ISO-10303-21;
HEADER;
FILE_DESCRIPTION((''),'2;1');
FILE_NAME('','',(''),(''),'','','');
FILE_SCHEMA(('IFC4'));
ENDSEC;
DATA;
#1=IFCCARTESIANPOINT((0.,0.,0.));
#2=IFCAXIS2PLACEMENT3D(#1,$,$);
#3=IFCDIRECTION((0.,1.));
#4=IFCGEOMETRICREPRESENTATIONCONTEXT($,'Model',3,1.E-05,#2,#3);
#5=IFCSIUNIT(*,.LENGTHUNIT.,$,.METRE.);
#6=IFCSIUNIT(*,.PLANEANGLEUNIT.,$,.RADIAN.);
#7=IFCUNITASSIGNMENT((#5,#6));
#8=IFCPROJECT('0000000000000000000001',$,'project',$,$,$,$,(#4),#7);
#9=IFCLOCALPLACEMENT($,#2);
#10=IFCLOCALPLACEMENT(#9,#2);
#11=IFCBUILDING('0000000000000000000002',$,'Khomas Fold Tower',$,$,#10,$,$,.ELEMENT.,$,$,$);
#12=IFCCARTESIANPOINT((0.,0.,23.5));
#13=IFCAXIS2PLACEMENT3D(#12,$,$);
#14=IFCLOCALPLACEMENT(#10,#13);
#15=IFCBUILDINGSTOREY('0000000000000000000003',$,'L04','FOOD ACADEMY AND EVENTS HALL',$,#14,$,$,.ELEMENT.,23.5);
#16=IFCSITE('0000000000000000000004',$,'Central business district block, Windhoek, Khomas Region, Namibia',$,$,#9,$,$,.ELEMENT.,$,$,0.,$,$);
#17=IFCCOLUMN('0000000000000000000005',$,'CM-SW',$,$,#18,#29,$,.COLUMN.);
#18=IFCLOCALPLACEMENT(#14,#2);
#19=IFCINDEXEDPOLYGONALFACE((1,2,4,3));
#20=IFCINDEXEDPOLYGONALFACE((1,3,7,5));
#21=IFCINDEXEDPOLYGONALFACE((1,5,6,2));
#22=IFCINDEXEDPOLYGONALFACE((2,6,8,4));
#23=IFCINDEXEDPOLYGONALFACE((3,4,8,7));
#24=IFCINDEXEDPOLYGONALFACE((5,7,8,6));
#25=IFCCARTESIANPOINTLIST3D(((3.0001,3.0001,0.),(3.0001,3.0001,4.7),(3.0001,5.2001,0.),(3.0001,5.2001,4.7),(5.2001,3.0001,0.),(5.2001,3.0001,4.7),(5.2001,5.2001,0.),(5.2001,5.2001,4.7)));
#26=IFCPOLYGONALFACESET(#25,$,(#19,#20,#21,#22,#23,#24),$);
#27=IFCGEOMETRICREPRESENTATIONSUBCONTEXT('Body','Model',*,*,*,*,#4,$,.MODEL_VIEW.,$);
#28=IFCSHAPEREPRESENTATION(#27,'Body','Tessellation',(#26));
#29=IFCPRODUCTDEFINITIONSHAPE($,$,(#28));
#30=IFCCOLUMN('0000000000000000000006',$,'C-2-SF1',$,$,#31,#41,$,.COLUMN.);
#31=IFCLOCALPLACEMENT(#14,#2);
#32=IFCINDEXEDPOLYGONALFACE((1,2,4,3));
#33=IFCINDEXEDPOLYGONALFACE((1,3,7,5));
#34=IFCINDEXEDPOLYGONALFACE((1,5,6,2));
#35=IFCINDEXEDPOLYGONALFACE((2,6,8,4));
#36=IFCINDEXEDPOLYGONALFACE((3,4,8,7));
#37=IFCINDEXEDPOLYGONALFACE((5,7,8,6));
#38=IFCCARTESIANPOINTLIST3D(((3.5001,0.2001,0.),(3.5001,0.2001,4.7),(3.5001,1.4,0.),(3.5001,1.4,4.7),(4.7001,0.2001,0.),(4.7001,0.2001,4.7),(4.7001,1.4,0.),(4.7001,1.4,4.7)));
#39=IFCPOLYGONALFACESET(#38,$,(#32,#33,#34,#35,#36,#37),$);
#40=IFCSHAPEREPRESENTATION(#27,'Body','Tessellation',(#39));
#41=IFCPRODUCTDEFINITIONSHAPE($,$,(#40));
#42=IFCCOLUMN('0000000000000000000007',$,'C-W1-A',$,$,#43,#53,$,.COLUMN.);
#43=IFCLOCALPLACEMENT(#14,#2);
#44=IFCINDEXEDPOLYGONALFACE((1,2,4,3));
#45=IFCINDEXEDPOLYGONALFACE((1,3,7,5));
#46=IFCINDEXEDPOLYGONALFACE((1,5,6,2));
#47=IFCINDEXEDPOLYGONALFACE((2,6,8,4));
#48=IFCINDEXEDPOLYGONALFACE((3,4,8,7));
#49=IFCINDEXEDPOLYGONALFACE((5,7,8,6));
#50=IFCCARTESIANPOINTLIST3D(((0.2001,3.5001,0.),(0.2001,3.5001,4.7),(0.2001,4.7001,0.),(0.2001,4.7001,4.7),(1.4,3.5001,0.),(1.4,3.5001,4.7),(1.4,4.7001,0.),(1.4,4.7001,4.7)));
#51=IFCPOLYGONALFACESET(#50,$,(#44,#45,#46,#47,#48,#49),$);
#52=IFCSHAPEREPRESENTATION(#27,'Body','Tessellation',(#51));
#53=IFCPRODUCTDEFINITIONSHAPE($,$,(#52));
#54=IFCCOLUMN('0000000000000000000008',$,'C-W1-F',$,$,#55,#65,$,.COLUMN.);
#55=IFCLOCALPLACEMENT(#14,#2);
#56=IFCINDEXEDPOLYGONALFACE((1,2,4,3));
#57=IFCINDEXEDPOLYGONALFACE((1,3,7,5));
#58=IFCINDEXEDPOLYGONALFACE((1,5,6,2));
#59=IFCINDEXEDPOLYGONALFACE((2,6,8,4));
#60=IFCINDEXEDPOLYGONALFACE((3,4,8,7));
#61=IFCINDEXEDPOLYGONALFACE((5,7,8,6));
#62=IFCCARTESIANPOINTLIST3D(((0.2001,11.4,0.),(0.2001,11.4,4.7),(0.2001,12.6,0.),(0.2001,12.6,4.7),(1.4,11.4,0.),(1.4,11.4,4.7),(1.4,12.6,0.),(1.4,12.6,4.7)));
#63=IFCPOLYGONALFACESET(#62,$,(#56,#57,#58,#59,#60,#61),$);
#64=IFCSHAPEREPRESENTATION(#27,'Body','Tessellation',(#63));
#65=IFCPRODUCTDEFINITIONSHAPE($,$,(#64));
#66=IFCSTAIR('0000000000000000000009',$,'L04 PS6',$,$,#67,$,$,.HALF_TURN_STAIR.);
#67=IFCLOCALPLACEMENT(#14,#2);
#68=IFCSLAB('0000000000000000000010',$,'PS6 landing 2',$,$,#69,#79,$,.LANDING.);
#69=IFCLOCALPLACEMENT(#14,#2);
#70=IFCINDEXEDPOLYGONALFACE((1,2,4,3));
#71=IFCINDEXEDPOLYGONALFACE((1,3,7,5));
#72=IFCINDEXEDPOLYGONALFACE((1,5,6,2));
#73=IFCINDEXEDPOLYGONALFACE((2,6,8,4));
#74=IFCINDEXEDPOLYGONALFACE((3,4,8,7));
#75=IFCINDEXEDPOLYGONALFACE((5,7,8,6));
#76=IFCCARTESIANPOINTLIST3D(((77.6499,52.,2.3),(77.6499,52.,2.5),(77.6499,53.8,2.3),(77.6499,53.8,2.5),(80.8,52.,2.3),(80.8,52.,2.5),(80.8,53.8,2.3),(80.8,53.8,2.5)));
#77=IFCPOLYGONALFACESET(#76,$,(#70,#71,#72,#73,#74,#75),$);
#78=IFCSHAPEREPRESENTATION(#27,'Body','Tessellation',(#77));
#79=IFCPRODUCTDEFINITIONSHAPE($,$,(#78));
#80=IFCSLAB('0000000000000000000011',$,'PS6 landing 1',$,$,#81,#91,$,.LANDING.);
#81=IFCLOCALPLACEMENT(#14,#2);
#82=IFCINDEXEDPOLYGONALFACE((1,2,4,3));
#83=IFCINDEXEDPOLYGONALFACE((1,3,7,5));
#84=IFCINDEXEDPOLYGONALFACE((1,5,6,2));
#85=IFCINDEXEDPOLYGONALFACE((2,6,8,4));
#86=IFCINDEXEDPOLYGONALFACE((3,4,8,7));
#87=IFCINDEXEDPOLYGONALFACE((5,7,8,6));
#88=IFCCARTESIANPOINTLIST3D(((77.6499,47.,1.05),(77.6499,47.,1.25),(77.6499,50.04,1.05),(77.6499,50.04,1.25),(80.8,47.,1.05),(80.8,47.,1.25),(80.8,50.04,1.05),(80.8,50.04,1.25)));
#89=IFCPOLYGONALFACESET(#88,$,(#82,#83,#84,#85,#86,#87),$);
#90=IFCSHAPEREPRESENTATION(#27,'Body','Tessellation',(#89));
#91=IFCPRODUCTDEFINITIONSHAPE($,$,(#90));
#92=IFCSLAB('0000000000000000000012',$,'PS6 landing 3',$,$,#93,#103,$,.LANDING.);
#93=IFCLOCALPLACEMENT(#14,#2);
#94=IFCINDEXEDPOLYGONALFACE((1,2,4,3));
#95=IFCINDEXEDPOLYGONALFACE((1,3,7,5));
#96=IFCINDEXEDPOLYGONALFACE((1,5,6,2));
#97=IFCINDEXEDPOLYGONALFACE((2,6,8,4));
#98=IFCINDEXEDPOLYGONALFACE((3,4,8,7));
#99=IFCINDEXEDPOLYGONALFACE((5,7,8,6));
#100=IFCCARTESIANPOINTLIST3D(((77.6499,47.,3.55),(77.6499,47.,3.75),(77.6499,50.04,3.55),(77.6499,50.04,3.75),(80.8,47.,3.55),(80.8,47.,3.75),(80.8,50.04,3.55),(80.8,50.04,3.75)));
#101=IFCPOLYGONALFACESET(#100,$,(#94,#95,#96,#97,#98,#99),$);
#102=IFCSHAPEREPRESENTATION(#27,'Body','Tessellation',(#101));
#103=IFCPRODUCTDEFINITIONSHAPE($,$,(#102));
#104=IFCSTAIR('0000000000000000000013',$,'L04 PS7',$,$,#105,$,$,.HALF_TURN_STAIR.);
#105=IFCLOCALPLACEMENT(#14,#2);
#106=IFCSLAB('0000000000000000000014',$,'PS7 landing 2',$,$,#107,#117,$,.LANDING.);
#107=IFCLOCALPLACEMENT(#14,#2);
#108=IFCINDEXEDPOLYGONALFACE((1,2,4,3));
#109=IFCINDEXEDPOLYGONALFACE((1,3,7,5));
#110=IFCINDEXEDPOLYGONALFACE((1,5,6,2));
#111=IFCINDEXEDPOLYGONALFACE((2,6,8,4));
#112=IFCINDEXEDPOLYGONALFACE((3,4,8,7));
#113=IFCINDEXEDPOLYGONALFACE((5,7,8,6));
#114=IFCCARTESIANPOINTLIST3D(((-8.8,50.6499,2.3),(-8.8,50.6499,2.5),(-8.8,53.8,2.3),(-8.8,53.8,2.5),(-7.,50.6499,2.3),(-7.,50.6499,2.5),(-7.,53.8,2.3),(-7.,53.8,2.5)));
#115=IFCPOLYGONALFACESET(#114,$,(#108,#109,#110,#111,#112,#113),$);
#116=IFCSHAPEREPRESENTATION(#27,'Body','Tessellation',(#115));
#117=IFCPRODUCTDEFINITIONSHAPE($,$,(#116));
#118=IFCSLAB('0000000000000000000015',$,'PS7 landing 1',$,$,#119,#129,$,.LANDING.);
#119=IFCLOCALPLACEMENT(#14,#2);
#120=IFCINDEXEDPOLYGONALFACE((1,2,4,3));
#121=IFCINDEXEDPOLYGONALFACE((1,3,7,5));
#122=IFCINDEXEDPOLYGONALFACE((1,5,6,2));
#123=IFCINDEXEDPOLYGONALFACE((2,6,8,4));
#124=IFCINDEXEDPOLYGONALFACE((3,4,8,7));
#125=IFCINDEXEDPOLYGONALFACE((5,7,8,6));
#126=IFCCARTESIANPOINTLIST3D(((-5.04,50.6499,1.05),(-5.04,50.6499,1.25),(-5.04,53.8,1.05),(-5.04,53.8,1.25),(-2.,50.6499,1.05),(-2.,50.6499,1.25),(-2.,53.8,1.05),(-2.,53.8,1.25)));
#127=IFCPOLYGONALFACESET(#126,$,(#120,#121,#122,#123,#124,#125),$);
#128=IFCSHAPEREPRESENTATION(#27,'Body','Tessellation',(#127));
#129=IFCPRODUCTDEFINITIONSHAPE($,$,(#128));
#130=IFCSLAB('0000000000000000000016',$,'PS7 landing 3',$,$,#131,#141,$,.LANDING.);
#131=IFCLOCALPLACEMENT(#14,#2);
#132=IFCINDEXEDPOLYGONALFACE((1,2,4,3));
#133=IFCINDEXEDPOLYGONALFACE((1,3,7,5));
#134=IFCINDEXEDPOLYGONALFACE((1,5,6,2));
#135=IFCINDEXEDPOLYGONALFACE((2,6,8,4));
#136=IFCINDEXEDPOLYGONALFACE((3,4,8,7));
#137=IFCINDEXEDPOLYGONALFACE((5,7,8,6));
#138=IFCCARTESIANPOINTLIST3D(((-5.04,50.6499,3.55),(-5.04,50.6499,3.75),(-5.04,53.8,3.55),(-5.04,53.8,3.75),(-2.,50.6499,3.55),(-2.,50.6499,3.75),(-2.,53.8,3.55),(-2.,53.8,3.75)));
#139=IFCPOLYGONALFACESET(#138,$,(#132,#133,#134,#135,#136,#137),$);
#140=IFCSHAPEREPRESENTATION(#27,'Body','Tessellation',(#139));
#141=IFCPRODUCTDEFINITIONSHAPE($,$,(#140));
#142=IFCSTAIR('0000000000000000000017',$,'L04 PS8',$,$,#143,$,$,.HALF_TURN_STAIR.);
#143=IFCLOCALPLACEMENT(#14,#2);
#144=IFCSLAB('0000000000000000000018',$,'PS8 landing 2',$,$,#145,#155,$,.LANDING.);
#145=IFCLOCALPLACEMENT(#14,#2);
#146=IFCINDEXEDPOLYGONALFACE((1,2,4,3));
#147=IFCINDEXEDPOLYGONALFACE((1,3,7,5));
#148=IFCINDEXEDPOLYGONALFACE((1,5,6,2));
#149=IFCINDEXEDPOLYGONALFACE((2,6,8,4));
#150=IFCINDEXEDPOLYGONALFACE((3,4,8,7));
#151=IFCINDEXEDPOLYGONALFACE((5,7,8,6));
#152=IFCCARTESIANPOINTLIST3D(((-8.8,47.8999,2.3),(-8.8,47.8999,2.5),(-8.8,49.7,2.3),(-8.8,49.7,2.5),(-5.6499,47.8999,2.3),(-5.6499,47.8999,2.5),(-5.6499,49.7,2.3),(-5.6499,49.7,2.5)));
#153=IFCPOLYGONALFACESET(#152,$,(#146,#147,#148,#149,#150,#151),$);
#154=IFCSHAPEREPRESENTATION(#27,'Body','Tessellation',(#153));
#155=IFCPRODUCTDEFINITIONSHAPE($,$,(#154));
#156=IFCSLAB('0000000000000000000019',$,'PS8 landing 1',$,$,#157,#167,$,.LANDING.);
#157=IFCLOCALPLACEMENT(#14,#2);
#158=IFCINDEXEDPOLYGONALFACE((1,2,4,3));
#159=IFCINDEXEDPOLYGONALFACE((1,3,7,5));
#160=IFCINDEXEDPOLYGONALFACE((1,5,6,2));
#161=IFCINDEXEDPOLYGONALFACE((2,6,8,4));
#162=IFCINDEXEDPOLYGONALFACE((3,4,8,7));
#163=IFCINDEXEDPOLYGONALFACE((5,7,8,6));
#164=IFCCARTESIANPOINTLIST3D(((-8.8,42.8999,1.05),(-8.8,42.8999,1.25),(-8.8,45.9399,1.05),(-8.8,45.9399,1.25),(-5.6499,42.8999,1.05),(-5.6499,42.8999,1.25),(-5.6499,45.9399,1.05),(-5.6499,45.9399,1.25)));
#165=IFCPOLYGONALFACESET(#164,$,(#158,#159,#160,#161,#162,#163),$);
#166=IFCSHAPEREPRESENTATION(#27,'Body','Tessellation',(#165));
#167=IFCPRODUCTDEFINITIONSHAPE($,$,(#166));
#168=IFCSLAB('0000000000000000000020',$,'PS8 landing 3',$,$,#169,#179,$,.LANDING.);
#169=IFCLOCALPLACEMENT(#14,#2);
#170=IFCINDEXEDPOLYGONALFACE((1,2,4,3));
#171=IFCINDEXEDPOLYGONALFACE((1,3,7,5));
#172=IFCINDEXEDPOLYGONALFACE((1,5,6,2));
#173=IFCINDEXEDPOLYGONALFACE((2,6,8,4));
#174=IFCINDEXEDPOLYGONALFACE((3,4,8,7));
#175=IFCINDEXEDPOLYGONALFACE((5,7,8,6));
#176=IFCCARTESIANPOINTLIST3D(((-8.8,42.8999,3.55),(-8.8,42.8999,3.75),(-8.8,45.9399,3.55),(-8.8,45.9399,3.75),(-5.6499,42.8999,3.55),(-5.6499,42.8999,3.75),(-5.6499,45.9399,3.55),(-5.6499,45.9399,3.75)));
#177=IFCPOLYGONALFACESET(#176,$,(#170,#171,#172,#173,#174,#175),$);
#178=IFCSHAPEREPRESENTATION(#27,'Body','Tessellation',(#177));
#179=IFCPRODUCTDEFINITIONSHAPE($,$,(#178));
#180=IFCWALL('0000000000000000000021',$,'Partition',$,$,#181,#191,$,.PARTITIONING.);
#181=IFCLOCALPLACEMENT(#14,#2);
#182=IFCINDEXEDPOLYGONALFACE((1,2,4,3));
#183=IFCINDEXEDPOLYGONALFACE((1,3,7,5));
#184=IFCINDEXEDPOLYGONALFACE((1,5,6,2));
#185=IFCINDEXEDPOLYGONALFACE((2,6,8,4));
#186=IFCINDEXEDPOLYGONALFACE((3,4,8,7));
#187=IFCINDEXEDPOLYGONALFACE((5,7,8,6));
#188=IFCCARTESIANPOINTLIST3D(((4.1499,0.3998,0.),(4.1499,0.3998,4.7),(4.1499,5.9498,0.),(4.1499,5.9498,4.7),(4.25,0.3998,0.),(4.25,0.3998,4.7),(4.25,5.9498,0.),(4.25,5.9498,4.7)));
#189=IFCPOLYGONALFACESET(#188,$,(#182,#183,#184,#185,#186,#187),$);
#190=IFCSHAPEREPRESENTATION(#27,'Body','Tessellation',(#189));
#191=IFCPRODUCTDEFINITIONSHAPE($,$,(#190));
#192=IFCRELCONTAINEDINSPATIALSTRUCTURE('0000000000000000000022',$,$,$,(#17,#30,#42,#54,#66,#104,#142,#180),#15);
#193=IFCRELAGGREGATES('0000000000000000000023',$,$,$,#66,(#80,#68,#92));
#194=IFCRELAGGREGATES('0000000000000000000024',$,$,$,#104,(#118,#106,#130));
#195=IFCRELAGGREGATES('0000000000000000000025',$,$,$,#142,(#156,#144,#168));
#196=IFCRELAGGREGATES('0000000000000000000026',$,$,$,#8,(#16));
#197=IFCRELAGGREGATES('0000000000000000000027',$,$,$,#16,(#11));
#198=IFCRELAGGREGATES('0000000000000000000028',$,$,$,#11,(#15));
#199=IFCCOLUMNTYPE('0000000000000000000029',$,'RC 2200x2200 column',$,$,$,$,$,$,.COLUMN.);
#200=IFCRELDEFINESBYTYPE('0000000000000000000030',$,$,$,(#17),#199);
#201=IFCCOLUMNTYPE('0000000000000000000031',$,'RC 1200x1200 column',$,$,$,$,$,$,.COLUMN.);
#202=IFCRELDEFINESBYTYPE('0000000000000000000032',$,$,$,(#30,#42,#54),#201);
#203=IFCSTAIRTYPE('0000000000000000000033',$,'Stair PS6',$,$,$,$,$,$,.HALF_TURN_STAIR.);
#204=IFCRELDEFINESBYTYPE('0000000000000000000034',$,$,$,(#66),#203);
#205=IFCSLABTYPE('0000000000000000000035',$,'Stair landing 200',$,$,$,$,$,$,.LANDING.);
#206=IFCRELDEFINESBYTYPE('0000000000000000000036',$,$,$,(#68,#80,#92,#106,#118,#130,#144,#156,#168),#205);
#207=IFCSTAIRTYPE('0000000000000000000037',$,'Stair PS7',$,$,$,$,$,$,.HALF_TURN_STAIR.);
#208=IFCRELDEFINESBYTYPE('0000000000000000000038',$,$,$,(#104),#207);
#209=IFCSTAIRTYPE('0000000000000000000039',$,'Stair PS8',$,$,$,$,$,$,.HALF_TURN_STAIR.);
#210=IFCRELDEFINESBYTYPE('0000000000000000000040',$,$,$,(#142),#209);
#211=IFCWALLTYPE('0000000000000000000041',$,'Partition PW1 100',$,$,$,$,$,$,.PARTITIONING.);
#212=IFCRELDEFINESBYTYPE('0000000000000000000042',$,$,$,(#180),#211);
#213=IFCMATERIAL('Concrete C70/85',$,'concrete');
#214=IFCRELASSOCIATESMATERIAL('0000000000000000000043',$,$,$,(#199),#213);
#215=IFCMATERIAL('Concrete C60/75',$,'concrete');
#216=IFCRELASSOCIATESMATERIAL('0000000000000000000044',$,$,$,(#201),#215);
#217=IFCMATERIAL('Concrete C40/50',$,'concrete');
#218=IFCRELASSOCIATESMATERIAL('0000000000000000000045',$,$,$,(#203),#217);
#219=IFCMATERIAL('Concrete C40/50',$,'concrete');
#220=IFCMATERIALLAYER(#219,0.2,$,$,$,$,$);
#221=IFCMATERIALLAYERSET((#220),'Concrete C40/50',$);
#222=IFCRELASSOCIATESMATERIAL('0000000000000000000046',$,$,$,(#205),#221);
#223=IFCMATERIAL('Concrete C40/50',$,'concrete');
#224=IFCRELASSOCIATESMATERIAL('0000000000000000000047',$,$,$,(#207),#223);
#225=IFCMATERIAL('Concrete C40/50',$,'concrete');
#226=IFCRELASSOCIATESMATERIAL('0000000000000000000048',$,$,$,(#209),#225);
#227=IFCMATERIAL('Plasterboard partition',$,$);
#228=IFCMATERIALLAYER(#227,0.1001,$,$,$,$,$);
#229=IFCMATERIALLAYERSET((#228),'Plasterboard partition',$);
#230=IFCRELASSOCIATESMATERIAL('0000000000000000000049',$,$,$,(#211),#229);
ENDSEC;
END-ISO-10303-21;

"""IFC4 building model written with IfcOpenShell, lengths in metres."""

from ifc_helpers import new_model, si_unit, direction, frame, frame_2d, origin, origin_2d, place, context, subcontext, project, spatial, polyline, rectangle, outline, extrude, source, transform, mapped, material, layer, layer_set, material_profile, profile_set, type_object, element, aggregate, save


model = new_model("IFC4")

# Units and contexts
model_context = context("Model", 3, precision=1e-05, world=origin(), true_north=direction((0.0, 1.0)))
body_context = subcontext(model_context, "Body", "Model", "MODEL_VIEW")
ifc_project = project(units=[si_unit("LENGTHUNIT", "METRE"), si_unit("PLANEANGLEUNIT", "RADIAN")], contexts=[model_context])

# Site, building, storey
site_placement = place(None, origin())
site = spatial("IfcSite", under=ifc_project, at=site_placement, Name="Central business district block, Windhoek, Khomas Region, Namibia", CompositionType="ELEMENT", RefElevation=0.0)
building_placement = place(site_placement, origin())
building = spatial("IfcBuilding", under=site, at=building_placement, Name="Khomas Fold Tower", CompositionType="ELEMENT")
storey_placement = place(building_placement, frame((0.0, 0.0, 23.5)))
storey = spatial("IfcBuildingStorey", under=building, at=storey_placement, Name="L04", Description="FOOD ACADEMY AND EVENTS HALL", CompositionType="ELEMENT", Elevation=23.5)

# Columns
ifc_material_1 = material(Name="Concrete C70/85", Category="concrete")
ifc_material_profile_1 = material_profile(ifc_material_1, rectangle(XDim=2.2, YDim=2.2, at=origin_2d()), Name="RC 2200x2200")
ifc_profile_set_1 = profile_set([ifc_material_profile_1], Name="Concrete C70/85")
column_type_1 = type_object("IfcColumnType", Name="RC 2200x2200 column", PredefinedType="COLUMN", material=ifc_profile_set_1)
shared_shape_1 = source(origin(), body_context, "Body", "SweptSolid", [
    extrude(rectangle(XDim=2.2, YDim=2.2, at=origin_2d()), origin(), (0.0, 0.0, 1.0), 4.7),
])
column_placement = place(storey_placement, frame((4.1001, 4.1001, 0.0), z_axis=(0.0, 0.0, 1.0), x_axis=(1.0, 0.0, 0.0)))
element("IfcColumn", 1, at=column_placement, inside=storey, type_object=column_type_1, Name="CM-SW", PredefinedType="COLUMN", context=body_context, shape_type="MappedRepresentation", body=[
    mapped(shared_shape_1, transform((0.0, 0.0, 0.0))),
])
ifc_material_2 = material(Name="Concrete C60/75", Category="concrete")
ifc_material_profile_2 = material_profile(ifc_material_2, rectangle(XDim=1.2, YDim=1.2, at=origin_2d()), Name="RC 1200x1200")
ifc_profile_set_2 = profile_set([ifc_material_profile_2], Name="Concrete C60/75")
column_type_2 = type_object("IfcColumnType", Name="RC 1200x1200 column", PredefinedType="COLUMN", material=ifc_profile_set_2)
shared_shape_2 = source(origin(), body_context, "Body", "SweptSolid", [
    extrude(rectangle(XDim=1.2, YDim=1.2, at=origin_2d()), origin(), (0.0, 0.0, 1.0), 4.7),
])
for number, where, z_axis, x_axis, name in (
    (2, (4.1001, 0.8, 0.0), (0.0, 0.0, 1.0), (1.0, 0.0, 0.0), "C-2-SF1"),
    (3, (0.8, 4.1001, 0.0), (0.0, 0.0, 1.0), (1.0, 0.0, 0.0), "C-W1-A"),
    (4, (0.8, 12.0, 0.0), (0.0, 0.0, 1.0), (1.0, 0.0, 0.0), "C-W1-F"),
):
    element("IfcColumn", number, at=place(storey_placement, frame(where, z_axis=z_axis, x_axis=x_axis)), inside=storey, type_object=column_type_2, Name=name, PredefinedType="COLUMN", context=body_context, shape_type="MappedRepresentation", body=[
        mapped(shared_shape_2, transform((0.0, 0.0, 0.0))),
    ])

# Stairs, slabs
ifc_material_3 = material(Name="Concrete C40/50", Category="concrete")
stair_type_1 = type_object("IfcStairType", Name="Stair PS6", PredefinedType="HALF_TURN_STAIR", material=ifc_material_3)
stair_1_placement = place(storey_placement, origin())
stair_1 = element("IfcStair", 5, at=stair_1_placement, inside=storey, type_object=stair_type_1, Name="L04 PS6", PredefinedType="HALF_TURN_STAIR")
ifc_material_4 = material(Name="Concrete C40/50", Category="concrete")
ifc_layer_1 = layer(ifc_material_4, 0.2)
ifc_layer_set_1 = layer_set([ifc_layer_1], Name="Concrete C40/50")
slab_type = type_object("IfcSlabType", Name="Stair landing 200", PredefinedType="LANDING", material=ifc_layer_set_1)
shared_shape_3 = source(origin(), body_context, "Body", "SweptSolid", [
    extrude(outline(polyline([(77.6499, 53.8), (77.6499, 52.0), (80.8, 52.0), (80.8, 53.8), (77.6499, 53.8)])), origin(), (0.0, 0.0, 1.0), 0.2),
])
slab_1_placement = place(storey_placement, frame((0.0, 0.0, 2.3)))
slab_1 = element("IfcSlab", 6, at=slab_1_placement, type_object=slab_type, Name="PS6 landing 2", PredefinedType="LANDING", context=body_context, shape_type="MappedRepresentation", body=[
    mapped(shared_shape_3, transform((0.0, 0.0, 0.0))),
])
shared_shape_4 = source(origin(), body_context, "Body", "SweptSolid", [
    extrude(outline(polyline([(77.6499, 50.04), (77.6499, 47.0), (80.8, 47.0), (80.8, 50.04), (77.6499, 50.04)])), origin(), (0.0, 0.0, 1.0), 0.2),
])
slab_2_placement = place(storey_placement, frame((0.0, 0.0, 1.05)))
slab_2 = element("IfcSlab", 7, at=slab_2_placement, type_object=slab_type, Name="PS6 landing 1", PredefinedType="LANDING", context=body_context, shape_type="MappedRepresentation", body=[
    mapped(shared_shape_4, transform((0.0, 0.0, 0.0))),
])
slab_3_placement = place(storey_placement, frame((0.0, 0.0, 3.55)))
slab_3 = element("IfcSlab", 8, at=slab_3_placement, type_object=slab_type, Name="PS6 landing 3", PredefinedType="LANDING", context=body_context, shape_type="MappedRepresentation", body=[
    mapped(shared_shape_4, transform((0.0, 0.0, 0.0))),
])
aggregate(stair_1, [slab_2, slab_1, slab_3])
ifc_material_5 = material(Name="Concrete C40/50", Category="concrete")
stair_type_2 = type_object("IfcStairType", Name="Stair PS7", PredefinedType="HALF_TURN_STAIR", material=ifc_material_5)
stair_2_placement = place(storey_placement, origin())
stair_2 = element("IfcStair", 9, at=stair_2_placement, inside=storey, type_object=stair_type_2, Name="L04 PS7", PredefinedType="HALF_TURN_STAIR")
shared_shape_5 = source(origin(), body_context, "Body", "SweptSolid", [
    extrude(outline(polyline([(-8.8, 50.6499), (-7.0, 50.6499), (-7.0, 53.8), (-8.8, 53.8), (-8.8, 50.6499)])), origin(), (0.0, 0.0, 1.0), 0.2),
])
slab_4_placement = place(storey_placement, frame((0.0, 0.0, 2.3)))
slab_4 = element("IfcSlab", 10, at=slab_4_placement, type_object=slab_type, Name="PS7 landing 2", PredefinedType="LANDING", context=body_context, shape_type="MappedRepresentation", body=[
    mapped(shared_shape_5, transform((0.0, 0.0, 0.0))),
])
shared_shape_6 = source(origin(), body_context, "Body", "SweptSolid", [
    extrude(outline(polyline([(-5.04, 50.6499), (-2.0, 50.6499), (-2.0, 53.8), (-5.04, 53.8), (-5.04, 50.6499)])), origin(), (0.0, 0.0, 1.0), 0.2),
])
slab_5_placement = place(storey_placement, frame((0.0, 0.0, 1.05)))
slab_5 = element("IfcSlab", 11, at=slab_5_placement, type_object=slab_type, Name="PS7 landing 1", PredefinedType="LANDING", context=body_context, shape_type="MappedRepresentation", body=[
    mapped(shared_shape_6, transform((0.0, 0.0, 0.0))),
])
slab_6_placement = place(storey_placement, frame((0.0, 0.0, 3.55)))
slab_6 = element("IfcSlab", 12, at=slab_6_placement, type_object=slab_type, Name="PS7 landing 3", PredefinedType="LANDING", context=body_context, shape_type="MappedRepresentation", body=[
    mapped(shared_shape_6, transform((0.0, 0.0, 0.0))),
])
aggregate(stair_2, [slab_5, slab_4, slab_6])
ifc_material_6 = material(Name="Concrete C40/50", Category="concrete")
stair_type_3 = type_object("IfcStairType", Name="Stair PS8", PredefinedType="HALF_TURN_STAIR", material=ifc_material_6)
stair_3_placement = place(storey_placement, origin())
stair_3 = element("IfcStair", 13, at=stair_3_placement, inside=storey, type_object=stair_type_3, Name="L04 PS8", PredefinedType="HALF_TURN_STAIR")
shared_shape_7 = source(origin(), body_context, "Body", "SweptSolid", [
    extrude(outline(polyline([(-8.8, 49.7), (-8.8, 47.8999), (-5.6499, 47.8999), (-5.6499, 49.7), (-8.8, 49.7)])), origin(), (0.0, 0.0, 1.0), 0.2),
])
slab_7_placement = place(storey_placement, frame((0.0, 0.0, 2.3)))
slab_7 = element("IfcSlab", 14, at=slab_7_placement, type_object=slab_type, Name="PS8 landing 2", PredefinedType="LANDING", context=body_context, shape_type="MappedRepresentation", body=[
    mapped(shared_shape_7, transform((0.0, 0.0, 0.0))),
])
shared_shape_8 = source(origin(), body_context, "Body", "SweptSolid", [
    extrude(outline(polyline([(-8.8, 45.9399), (-8.8, 42.8999), (-5.6499, 42.8999), (-5.6499, 45.9399), (-8.8, 45.9399)])), origin(), (0.0, 0.0, 1.0), 0.2),
])
slab_8_placement = place(storey_placement, frame((0.0, 0.0, 1.05)))
slab_8 = element("IfcSlab", 15, at=slab_8_placement, type_object=slab_type, Name="PS8 landing 1", PredefinedType="LANDING", context=body_context, shape_type="MappedRepresentation", body=[
    mapped(shared_shape_8, transform((0.0, 0.0, 0.0))),
])
slab_9_placement = place(storey_placement, frame((0.0, 0.0, 3.55)))
slab_9 = element("IfcSlab", 16, at=slab_9_placement, type_object=slab_type, Name="PS8 landing 3", PredefinedType="LANDING", context=body_context, shape_type="MappedRepresentation", body=[
    mapped(shared_shape_8, transform((0.0, 0.0, 0.0))),
])
aggregate(stair_3, [slab_8, slab_7, slab_9])

# Wall
ifc_material_7 = material(Name="Plasterboard partition")
ifc_layer_2 = layer(ifc_material_7, 0.1001)
ifc_layer_set_2 = layer_set([ifc_layer_2], Name="Plasterboard partition")
wall_type_1 = type_object("IfcWallType", Name="Partition PW1 100", PredefinedType="PARTITIONING", material=ifc_layer_set_2)
shared_shape_9 = source(origin(), body_context, "Body", "SweptSolid", [
    extrude(rectangle(XDim=5.55, YDim=0.1001, at=frame_2d((2.7749, 0.0))), origin(), (0.0, 0.0, 1.0), 4.7),
])
wall_1_placement = place(storey_placement, frame((4.2, 0.3999, 0.0), z_axis=(0.0, 0.0, 1.0), x_axis=(0.0, 1.0, 0.0)))
element("IfcWall", 17, at=wall_1_placement, inside=storey, type_object=wall_type_1, Name="Partition", PredefinedType="PARTITIONING", context=body_context, shape_type="MappedRepresentation", body=[
    mapped(shared_shape_9, transform((0.0, 0.0, 0.0))),
])

save(model, "model.ifc")
